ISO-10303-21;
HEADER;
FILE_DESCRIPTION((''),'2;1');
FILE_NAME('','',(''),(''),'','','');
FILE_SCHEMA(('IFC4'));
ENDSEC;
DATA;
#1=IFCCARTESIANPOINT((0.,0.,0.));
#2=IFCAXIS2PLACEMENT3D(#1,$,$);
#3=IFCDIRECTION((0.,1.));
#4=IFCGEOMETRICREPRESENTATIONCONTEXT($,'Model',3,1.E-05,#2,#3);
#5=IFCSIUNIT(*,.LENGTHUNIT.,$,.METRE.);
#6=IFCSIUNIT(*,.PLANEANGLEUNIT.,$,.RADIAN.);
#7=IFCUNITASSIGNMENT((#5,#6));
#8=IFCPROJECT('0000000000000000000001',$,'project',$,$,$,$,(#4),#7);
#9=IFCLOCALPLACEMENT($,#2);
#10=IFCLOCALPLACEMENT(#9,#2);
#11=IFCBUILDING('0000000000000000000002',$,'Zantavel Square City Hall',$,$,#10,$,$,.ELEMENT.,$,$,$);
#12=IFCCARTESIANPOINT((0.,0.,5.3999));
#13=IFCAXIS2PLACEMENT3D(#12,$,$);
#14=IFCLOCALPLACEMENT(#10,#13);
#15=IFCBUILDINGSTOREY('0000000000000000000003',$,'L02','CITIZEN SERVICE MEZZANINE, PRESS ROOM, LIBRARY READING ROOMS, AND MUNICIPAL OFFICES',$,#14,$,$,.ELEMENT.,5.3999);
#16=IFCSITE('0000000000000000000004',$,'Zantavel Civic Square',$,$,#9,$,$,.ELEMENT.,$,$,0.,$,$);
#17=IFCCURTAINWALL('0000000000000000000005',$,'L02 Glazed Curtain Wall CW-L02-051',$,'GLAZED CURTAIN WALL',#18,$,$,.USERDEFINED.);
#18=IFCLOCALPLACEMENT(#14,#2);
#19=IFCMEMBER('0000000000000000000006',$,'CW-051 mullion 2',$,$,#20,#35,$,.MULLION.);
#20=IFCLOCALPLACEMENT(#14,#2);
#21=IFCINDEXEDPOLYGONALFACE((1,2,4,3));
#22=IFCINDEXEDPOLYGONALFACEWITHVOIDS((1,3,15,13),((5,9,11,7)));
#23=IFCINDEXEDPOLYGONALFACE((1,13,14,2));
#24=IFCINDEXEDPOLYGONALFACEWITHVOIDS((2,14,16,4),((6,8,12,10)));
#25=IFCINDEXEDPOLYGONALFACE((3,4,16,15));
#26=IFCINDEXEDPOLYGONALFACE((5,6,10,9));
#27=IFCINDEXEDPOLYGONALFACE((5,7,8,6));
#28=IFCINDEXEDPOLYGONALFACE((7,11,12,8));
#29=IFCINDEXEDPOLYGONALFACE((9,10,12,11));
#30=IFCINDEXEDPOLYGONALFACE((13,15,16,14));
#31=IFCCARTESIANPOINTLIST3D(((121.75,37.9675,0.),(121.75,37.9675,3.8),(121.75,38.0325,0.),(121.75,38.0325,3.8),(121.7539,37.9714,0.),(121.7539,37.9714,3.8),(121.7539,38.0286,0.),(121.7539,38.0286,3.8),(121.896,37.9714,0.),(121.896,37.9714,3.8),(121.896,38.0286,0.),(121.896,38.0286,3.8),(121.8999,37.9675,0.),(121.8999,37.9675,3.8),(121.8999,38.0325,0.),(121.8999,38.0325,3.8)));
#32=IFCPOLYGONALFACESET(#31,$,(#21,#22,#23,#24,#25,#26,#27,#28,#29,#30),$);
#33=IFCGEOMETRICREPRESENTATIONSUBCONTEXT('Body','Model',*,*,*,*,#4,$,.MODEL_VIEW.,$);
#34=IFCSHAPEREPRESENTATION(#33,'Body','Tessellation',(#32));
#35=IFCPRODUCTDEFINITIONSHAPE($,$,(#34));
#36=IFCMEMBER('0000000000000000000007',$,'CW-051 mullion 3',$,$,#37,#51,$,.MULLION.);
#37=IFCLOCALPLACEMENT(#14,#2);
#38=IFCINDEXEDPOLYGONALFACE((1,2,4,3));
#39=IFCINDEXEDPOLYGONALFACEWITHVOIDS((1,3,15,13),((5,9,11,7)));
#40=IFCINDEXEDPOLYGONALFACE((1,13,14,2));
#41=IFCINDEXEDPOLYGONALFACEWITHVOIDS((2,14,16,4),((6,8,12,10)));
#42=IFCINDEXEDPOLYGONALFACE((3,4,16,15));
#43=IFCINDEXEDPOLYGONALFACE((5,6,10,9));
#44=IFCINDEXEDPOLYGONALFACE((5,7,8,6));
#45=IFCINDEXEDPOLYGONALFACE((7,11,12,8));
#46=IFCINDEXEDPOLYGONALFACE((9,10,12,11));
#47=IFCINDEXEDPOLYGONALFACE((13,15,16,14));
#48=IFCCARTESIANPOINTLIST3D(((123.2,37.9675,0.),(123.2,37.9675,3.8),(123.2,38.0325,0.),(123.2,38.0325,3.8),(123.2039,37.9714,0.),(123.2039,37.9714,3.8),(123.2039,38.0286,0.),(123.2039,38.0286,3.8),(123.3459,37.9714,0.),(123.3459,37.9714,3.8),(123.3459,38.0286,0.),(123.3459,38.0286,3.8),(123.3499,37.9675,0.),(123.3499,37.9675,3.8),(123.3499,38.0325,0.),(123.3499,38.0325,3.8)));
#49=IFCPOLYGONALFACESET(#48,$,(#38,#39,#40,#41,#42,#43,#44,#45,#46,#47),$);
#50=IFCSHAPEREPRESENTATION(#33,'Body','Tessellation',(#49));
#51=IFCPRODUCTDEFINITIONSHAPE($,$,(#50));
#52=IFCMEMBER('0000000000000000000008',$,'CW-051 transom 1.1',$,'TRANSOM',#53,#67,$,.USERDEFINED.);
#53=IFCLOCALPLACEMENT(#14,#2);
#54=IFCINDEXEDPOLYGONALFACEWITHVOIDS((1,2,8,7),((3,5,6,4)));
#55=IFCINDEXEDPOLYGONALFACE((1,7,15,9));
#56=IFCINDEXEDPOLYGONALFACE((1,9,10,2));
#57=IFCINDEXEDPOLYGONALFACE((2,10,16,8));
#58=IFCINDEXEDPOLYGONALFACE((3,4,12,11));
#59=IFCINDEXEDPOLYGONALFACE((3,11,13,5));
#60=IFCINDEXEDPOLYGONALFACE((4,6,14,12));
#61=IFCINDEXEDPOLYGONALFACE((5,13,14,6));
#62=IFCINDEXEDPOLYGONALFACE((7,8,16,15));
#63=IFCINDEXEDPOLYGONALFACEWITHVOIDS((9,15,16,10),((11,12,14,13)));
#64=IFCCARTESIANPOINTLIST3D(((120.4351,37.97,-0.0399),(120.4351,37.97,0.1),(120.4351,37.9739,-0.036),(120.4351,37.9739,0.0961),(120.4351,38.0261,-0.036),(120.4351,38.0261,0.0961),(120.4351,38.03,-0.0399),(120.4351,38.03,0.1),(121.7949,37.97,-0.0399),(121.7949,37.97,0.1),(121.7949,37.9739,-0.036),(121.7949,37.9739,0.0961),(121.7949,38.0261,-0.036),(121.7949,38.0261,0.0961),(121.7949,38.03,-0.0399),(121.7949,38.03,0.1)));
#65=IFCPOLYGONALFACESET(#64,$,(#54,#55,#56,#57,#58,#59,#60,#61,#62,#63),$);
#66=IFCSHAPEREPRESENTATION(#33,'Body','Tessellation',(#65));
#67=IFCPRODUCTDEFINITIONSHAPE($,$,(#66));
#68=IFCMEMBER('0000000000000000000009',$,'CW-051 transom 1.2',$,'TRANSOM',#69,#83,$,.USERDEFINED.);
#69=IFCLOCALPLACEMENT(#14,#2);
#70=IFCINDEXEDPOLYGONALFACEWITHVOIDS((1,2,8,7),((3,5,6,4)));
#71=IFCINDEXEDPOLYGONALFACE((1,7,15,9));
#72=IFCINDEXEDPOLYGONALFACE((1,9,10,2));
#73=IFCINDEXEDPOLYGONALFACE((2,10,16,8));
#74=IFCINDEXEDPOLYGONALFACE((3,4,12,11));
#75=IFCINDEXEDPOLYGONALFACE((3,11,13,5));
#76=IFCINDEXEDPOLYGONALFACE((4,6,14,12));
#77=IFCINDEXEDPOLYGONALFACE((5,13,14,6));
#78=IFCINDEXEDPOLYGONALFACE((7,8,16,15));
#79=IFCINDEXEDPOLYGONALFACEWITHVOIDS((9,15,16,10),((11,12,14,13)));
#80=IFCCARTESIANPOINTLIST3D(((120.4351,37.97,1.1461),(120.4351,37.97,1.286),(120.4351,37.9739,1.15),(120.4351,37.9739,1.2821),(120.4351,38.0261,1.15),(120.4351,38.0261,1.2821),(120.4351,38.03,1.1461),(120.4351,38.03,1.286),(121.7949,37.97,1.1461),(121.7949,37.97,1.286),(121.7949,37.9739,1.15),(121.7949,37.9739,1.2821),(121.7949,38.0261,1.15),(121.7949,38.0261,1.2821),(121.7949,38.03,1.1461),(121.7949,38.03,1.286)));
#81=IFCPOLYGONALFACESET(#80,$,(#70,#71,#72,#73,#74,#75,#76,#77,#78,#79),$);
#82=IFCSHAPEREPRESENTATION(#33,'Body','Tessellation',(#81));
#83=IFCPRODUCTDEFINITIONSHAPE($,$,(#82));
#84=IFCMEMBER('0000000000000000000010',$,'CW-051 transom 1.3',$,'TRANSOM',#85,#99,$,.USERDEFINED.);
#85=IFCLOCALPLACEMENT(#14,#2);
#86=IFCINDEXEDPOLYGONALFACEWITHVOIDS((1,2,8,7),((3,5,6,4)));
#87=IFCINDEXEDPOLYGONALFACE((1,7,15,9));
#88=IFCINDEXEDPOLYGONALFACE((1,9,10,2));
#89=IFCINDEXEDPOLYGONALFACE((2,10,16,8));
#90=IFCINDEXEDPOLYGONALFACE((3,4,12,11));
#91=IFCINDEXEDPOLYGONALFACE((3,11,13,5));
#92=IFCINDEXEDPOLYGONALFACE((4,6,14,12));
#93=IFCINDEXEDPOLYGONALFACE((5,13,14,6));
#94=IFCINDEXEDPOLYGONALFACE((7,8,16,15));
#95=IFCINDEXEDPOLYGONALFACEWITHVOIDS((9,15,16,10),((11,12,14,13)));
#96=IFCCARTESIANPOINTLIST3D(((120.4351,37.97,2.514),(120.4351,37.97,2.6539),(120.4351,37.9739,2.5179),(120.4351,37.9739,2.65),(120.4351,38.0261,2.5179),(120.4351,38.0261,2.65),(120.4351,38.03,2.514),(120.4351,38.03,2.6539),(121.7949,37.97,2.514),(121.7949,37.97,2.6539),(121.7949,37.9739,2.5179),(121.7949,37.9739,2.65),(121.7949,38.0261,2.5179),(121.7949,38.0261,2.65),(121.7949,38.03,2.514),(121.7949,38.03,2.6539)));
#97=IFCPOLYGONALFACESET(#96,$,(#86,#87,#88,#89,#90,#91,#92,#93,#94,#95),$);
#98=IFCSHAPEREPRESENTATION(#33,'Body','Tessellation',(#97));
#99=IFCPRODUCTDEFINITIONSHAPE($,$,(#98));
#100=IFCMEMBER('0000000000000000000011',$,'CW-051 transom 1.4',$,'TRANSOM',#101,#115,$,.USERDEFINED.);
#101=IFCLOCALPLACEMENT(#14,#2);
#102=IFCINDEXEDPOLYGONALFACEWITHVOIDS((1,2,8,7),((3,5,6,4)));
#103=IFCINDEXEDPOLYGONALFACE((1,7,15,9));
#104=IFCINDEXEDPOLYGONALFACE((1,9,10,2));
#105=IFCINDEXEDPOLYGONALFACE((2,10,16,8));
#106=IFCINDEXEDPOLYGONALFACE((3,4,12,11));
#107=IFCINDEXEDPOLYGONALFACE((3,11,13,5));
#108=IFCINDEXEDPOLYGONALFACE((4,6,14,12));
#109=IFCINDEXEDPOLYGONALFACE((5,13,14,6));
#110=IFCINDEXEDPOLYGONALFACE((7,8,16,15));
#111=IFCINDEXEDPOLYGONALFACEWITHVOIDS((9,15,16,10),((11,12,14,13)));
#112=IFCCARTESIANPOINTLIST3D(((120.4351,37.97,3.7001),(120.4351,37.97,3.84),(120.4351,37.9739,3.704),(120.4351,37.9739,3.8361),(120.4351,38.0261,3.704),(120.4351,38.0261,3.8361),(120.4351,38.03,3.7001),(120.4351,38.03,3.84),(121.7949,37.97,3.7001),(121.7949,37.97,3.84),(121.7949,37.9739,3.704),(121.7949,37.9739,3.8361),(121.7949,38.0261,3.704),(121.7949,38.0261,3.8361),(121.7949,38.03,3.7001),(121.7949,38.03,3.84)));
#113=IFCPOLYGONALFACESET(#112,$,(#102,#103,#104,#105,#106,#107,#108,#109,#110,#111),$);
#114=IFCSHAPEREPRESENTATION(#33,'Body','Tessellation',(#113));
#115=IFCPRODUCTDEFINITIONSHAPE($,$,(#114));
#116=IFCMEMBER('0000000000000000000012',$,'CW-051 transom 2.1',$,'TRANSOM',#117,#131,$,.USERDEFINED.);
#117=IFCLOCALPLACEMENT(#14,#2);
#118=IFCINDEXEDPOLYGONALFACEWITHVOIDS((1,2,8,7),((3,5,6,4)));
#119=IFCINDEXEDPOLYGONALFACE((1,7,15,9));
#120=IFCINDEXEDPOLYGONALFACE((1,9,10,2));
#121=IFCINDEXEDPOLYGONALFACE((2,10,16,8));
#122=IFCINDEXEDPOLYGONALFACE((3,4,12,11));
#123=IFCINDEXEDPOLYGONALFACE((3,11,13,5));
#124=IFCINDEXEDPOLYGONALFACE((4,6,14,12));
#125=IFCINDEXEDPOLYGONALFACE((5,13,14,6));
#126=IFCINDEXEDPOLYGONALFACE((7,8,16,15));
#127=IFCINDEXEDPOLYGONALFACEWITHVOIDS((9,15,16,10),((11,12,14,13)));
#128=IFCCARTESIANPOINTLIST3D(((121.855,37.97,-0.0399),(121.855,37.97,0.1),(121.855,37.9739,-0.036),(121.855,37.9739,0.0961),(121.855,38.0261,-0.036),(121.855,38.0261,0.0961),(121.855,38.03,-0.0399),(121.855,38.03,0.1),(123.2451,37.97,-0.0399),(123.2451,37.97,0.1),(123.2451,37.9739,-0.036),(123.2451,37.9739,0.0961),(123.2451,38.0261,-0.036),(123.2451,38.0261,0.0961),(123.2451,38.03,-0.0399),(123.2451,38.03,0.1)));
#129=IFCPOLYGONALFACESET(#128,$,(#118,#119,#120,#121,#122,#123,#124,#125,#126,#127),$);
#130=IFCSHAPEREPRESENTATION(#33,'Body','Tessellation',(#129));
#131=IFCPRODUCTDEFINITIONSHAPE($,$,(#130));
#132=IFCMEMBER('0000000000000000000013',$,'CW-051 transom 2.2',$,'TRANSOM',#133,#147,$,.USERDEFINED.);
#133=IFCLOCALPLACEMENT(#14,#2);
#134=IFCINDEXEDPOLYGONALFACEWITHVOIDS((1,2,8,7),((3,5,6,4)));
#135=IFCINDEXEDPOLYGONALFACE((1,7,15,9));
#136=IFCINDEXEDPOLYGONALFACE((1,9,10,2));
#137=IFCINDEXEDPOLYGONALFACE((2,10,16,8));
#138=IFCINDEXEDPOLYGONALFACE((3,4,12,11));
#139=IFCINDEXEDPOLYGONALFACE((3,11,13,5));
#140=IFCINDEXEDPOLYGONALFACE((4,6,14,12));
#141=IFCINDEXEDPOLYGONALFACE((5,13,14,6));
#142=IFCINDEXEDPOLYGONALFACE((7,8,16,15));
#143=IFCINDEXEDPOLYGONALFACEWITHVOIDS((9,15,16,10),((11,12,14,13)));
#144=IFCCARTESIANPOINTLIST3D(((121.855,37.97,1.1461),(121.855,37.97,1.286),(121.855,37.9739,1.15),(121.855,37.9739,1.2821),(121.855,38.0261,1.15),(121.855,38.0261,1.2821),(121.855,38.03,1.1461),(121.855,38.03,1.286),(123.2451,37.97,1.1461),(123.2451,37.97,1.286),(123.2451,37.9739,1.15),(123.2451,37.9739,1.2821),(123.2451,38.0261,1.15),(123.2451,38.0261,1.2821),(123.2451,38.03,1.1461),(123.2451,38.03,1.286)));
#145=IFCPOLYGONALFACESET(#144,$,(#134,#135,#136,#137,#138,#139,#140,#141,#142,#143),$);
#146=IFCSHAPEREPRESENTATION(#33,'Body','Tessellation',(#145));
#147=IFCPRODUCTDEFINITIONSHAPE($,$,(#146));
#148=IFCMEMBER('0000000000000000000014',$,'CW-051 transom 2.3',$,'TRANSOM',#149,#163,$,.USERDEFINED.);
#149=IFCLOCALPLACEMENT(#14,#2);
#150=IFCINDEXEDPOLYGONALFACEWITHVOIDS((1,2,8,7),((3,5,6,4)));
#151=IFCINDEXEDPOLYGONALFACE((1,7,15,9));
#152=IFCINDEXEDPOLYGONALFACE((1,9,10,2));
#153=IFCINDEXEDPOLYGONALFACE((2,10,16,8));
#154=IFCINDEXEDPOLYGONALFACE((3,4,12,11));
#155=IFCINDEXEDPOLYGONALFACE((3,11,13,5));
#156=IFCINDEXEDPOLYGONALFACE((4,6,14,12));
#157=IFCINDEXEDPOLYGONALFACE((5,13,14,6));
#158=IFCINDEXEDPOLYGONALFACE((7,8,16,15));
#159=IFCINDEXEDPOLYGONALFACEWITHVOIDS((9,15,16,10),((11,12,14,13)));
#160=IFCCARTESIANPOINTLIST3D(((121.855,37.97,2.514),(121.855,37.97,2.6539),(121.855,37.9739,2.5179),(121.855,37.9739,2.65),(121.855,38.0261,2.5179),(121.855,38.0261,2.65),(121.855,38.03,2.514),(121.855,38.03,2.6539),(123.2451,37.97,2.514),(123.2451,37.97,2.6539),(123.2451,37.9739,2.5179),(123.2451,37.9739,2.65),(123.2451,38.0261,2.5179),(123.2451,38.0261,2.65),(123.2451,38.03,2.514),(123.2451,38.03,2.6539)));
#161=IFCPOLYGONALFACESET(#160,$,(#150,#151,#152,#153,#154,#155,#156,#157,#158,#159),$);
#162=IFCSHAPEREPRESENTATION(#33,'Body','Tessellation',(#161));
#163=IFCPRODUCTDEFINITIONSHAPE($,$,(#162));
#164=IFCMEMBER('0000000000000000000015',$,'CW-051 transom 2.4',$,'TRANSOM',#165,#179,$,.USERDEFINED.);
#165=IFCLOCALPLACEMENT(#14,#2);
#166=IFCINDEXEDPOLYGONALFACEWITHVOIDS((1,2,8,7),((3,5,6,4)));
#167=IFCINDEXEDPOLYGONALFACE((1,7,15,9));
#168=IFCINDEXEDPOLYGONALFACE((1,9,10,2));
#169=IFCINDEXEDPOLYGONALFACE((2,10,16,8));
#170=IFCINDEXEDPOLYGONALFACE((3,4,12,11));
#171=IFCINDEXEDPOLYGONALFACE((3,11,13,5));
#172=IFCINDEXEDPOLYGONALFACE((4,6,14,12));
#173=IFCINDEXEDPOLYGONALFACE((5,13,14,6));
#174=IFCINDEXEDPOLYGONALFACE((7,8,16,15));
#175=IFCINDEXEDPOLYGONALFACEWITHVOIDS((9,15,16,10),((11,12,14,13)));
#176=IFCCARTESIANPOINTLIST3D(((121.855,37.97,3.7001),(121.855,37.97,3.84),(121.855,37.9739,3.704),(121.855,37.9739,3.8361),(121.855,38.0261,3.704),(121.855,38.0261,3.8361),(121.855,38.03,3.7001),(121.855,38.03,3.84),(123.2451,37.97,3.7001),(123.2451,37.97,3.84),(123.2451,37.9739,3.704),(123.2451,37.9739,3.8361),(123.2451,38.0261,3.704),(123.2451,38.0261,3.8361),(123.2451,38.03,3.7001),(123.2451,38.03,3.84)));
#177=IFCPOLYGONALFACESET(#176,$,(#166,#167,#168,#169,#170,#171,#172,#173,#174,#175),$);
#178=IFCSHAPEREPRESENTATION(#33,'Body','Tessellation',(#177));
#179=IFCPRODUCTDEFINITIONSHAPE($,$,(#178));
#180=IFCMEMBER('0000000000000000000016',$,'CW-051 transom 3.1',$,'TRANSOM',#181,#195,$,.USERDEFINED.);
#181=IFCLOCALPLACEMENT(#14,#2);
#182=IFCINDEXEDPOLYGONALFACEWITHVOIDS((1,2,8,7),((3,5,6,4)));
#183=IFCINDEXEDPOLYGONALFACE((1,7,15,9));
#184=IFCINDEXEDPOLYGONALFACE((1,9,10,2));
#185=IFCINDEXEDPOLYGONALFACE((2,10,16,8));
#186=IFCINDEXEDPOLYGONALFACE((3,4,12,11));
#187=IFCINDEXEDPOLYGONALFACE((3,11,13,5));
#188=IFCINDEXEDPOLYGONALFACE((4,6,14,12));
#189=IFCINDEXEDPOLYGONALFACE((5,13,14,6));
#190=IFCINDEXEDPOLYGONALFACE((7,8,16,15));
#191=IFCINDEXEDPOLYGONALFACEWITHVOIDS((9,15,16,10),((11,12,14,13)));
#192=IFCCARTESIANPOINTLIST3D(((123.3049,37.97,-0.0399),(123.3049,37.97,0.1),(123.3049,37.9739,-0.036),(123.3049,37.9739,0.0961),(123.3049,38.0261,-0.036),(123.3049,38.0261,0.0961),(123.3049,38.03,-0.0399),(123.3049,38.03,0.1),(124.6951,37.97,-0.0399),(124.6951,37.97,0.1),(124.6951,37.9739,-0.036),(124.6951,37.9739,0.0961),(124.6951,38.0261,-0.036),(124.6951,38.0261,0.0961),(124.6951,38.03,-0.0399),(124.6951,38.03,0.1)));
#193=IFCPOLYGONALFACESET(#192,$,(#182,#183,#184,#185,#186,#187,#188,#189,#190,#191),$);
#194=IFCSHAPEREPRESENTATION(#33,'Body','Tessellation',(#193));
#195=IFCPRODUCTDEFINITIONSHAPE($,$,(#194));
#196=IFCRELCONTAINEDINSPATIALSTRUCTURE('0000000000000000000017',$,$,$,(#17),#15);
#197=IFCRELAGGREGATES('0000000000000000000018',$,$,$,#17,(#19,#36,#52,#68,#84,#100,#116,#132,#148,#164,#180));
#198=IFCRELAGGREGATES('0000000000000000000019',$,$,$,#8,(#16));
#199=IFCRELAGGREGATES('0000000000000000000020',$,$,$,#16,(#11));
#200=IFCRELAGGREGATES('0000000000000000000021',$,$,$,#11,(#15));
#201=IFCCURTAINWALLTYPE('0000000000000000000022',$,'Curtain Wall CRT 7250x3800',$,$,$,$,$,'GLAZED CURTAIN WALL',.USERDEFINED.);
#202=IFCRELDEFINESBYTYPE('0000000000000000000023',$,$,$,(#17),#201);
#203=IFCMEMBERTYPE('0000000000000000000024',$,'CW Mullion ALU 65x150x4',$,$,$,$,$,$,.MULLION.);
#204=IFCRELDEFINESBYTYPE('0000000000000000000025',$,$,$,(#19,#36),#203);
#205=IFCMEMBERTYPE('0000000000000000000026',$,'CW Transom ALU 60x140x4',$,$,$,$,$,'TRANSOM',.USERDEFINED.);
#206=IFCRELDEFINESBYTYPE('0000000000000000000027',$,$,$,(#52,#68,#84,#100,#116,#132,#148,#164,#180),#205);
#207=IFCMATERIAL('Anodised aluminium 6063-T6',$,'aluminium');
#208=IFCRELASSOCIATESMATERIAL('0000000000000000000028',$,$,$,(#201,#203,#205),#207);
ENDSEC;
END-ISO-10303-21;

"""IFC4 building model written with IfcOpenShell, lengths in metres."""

from ifc_helpers import new_model, si_unit, direction, frame, origin, origin_2d, place, context, subcontext, project, spatial, hollow_rectangle, extrude, material, material_profile, profile_set, type_object, element, aggregate, save


model = new_model("IFC4")

# Units and contexts
model_context = context("Model", 3, precision=1e-05, world=origin(), true_north=direction((0.0, 1.0)))
body_context = subcontext(model_context, "Body", "Model", "MODEL_VIEW")
ifc_project = project(units=[si_unit("LENGTHUNIT", "METRE"), si_unit("PLANEANGLEUNIT", "RADIAN")], contexts=[model_context])

# Site, building, storey
site_placement = place(None, origin())
site = spatial("IfcSite", under=ifc_project, at=site_placement, Name="Zantavel Civic Square", CompositionType="ELEMENT", RefElevation=0.0)
building_placement = place(site_placement, origin())
building = spatial("IfcBuilding", under=site, at=building_placement, Name="Zantavel Square City Hall", CompositionType="ELEMENT")
storey_placement = place(building_placement, frame((0.0, 0.0, 5.3999)))
storey = spatial("IfcBuildingStorey", under=building, at=storey_placement, Name="L02", Description="CITIZEN SERVICE MEZZANINE, PRESS ROOM, LIBRARY READING ROOMS, AND MUNICIPAL OFFICES", CompositionType="ELEMENT", Elevation=5.3999)

# Curtain wall, members
ifc_material_1 = material(Name="Anodised aluminium 6063-T6", Category="aluminium")
curtain_wall_type = type_object("IfcCurtainWallType", Name="Curtain Wall CRT 7250x3800", ElementType="GLAZED CURTAIN WALL", PredefinedType="USERDEFINED", material=ifc_material_1)
curtain_wall_placement = place(storey_placement, origin())
curtain_wall = element("IfcCurtainWall", 1, at=curtain_wall_placement, inside=storey, type_object=curtain_wall_type, Name="L02 Glazed Curtain Wall CW-L02-051", ObjectType="GLAZED CURTAIN WALL", PredefinedType="USERDEFINED")
ifc_material_profile_1 = material_profile(ifc_material_1, hollow_rectangle(XDim=0.0649, YDim=0.1499, WallThickness=0.0039, at=origin_2d()), Name="ALU 65x150x4")
ifc_profile_set_1 = profile_set([ifc_material_profile_1], Name="Anodised aluminium 6063-T6")
member_type_1 = type_object("IfcMemberType", Name="CW Mullion ALU 65x150x4", PredefinedType="MULLION", material=ifc_profile_set_1)
member_1_placement = place(storey_placement, frame((121.825, 38.0, 0.0), z_axis=(0.0, 0.0, 1.0), x_axis=(0.0, 1.0, 0.0)))
member_1 = element("IfcMember", 2, at=member_1_placement, type_object=member_type_1, Name="CW-051 mullion 2", PredefinedType="MULLION", context=body_context, shape_type="SweptSolid", body=[
    extrude(hollow_rectangle(XDim=0.0649, YDim=0.1499, WallThickness=0.0039, at=origin_2d()), origin(), (0.0, 0.0, 1.0), 3.8),
])
member_2_placement = place(storey_placement, frame((123.2749, 38.0, 0.0), z_axis=(0.0, 0.0, 1.0), x_axis=(0.0, 1.0, 0.0)))
member_2 = element("IfcMember", 3, at=member_2_placement, type_object=member_type_1, Name="CW-051 mullion 3", PredefinedType="MULLION", context=body_context, shape_type="SweptSolid", body=[
    extrude(hollow_rectangle(XDim=0.0649, YDim=0.1499, WallThickness=0.0039, at=origin_2d()), origin(), (0.0, 0.0, 1.0), 3.8),
])
ifc_material_profile_2 = material_profile(ifc_material_1, hollow_rectangle(XDim=0.0601, YDim=0.1399, WallThickness=0.0039, at=origin_2d()), Name="ALU 60x140x4")
ifc_profile_set_2 = profile_set([ifc_material_profile_2], Name="Anodised aluminium 6063-T6")
member_type_2 = type_object("IfcMemberType", Name="CW Transom ALU 60x140x4", ElementType="TRANSOM", PredefinedType="USERDEFINED", material=ifc_profile_set_2)
member_3_placement = place(storey_placement, frame((120.4351, 38.0, 0.03), z_axis=(1.0, 0.0, 0.0), x_axis=(0.0, 1.0, 0.0)))
member_3 = element("IfcMember", 4, at=member_3_placement, type_object=member_type_2, Name="CW-051 transom 1.1", ObjectType="TRANSOM", PredefinedType="USERDEFINED", context=body_context, shape_type="SweptSolid", body=[
    extrude(hollow_rectangle(XDim=0.0601, YDim=0.1399, WallThickness=0.0039, at=origin_2d()), origin(), (0.0, 0.0, 1.0), 1.3599),
])
member_4_placement = place(storey_placement, frame((120.4351, 38.0, 1.2161), z_axis=(1.0, 0.0, 0.0), x_axis=(0.0, 1.0, 0.0)))
member_4 = element("IfcMember", 5, at=member_4_placement, type_object=member_type_2, Name="CW-051 transom 1.2", ObjectType="TRANSOM", PredefinedType="USERDEFINED", context=body_context, shape_type="SweptSolid", body=[
    extrude(hollow_rectangle(XDim=0.0601, YDim=0.1399, WallThickness=0.0039, at=origin_2d()), origin(), (0.0, 0.0, 1.0), 1.3599),
])
member_5_placement = place(storey_placement, frame((120.4351, 38.0, 2.584), z_axis=(1.0, 0.0, 0.0), x_axis=(0.0, 1.0, 0.0)))
member_5 = element("IfcMember", 6, at=member_5_placement, type_object=member_type_2, Name="CW-051 transom 1.3", ObjectType="TRANSOM", PredefinedType="USERDEFINED", context=body_context, shape_type="SweptSolid", body=[
    extrude(hollow_rectangle(XDim=0.0601, YDim=0.1399, WallThickness=0.0039, at=origin_2d()), origin(), (0.0, 0.0, 1.0), 1.3599),
])
member_6_placement = place(storey_placement, frame((120.4351, 38.0, 3.77), z_axis=(1.0, 0.0, 0.0), x_axis=(0.0, 1.0, 0.0)))
member_6 = element("IfcMember", 7, at=member_6_placement, type_object=member_type_2, Name="CW-051 transom 1.4", ObjectType="TRANSOM", PredefinedType="USERDEFINED", context=body_context, shape_type="SweptSolid", body=[
    extrude(hollow_rectangle(XDim=0.0601, YDim=0.1399, WallThickness=0.0039, at=origin_2d()), origin(), (0.0, 0.0, 1.0), 1.3599),
])
member_7_placement = place(storey_placement, frame((121.855, 38.0, 0.03), z_axis=(1.0, 0.0, 0.0), x_axis=(0.0, 1.0, 0.0)))
member_7 = element("IfcMember", 8, at=member_7_placement, type_object=member_type_2, Name="CW-051 transom 2.1", ObjectType="TRANSOM", PredefinedType="USERDEFINED", context=body_context, shape_type="SweptSolid", body=[
    extrude(hollow_rectangle(XDim=0.0601, YDim=0.1399, WallThickness=0.0039, at=origin_2d()), origin(), (0.0, 0.0, 1.0), 1.3901),
])
member_8_placement = place(storey_placement, frame((121.855, 38.0, 1.2161), z_axis=(1.0, 0.0, 0.0), x_axis=(0.0, 1.0, 0.0)))
member_8 = element("IfcMember", 9, at=member_8_placement, type_object=member_type_2, Name="CW-051 transom 2.2", ObjectType="TRANSOM", PredefinedType="USERDEFINED", context=body_context, shape_type="SweptSolid", body=[
    extrude(hollow_rectangle(XDim=0.0601, YDim=0.1399, WallThickness=0.0039, at=origin_2d()), origin(), (0.0, 0.0, 1.0), 1.3901),
])
member_9_placement = place(storey_placement, frame((121.855, 38.0, 2.584), z_axis=(1.0, 0.0, 0.0), x_axis=(0.0, 1.0, 0.0)))
member_9 = element("IfcMember", 10, at=member_9_placement, type_object=member_type_2, Name="CW-051 transom 2.3", ObjectType="TRANSOM", PredefinedType="USERDEFINED", context=body_context, shape_type="SweptSolid", body=[
    extrude(hollow_rectangle(XDim=0.0601, YDim=0.1399, WallThickness=0.0039, at=origin_2d()), origin(), (0.0, 0.0, 1.0), 1.3901),
])
member_10_placement = place(storey_placement, frame((121.855, 38.0, 3.77), z_axis=(1.0, 0.0, 0.0), x_axis=(0.0, 1.0, 0.0)))
member_10 = element("IfcMember", 11, at=member_10_placement, type_object=member_type_2, Name="CW-051 transom 2.4", ObjectType="TRANSOM", PredefinedType="USERDEFINED", context=body_context, shape_type="SweptSolid", body=[
    extrude(hollow_rectangle(XDim=0.0601, YDim=0.1399, WallThickness=0.0039, at=origin_2d()), origin(), (0.0, 0.0, 1.0), 1.3901),
])
member_11_placement = place(storey_placement, frame((123.3049, 38.0, 0.03), z_axis=(1.0, 0.0, 0.0), x_axis=(0.0, 1.0, 0.0)))
member_11 = element("IfcMember", 12, at=member_11_placement, type_object=member_type_2, Name="CW-051 transom 3.1", ObjectType="TRANSOM", PredefinedType="USERDEFINED", context=body_context, shape_type="SweptSolid", body=[
    extrude(hollow_rectangle(XDim=0.0601, YDim=0.1399, WallThickness=0.0039, at=origin_2d()), origin(), (0.0, 0.0, 1.0), 1.3901),
])
aggregate(curtain_wall, [member_1, member_2, member_3, member_4, member_5, member_6, member_7, member_8, member_9, member_10, member_11])

save(model, "model.ifc")
